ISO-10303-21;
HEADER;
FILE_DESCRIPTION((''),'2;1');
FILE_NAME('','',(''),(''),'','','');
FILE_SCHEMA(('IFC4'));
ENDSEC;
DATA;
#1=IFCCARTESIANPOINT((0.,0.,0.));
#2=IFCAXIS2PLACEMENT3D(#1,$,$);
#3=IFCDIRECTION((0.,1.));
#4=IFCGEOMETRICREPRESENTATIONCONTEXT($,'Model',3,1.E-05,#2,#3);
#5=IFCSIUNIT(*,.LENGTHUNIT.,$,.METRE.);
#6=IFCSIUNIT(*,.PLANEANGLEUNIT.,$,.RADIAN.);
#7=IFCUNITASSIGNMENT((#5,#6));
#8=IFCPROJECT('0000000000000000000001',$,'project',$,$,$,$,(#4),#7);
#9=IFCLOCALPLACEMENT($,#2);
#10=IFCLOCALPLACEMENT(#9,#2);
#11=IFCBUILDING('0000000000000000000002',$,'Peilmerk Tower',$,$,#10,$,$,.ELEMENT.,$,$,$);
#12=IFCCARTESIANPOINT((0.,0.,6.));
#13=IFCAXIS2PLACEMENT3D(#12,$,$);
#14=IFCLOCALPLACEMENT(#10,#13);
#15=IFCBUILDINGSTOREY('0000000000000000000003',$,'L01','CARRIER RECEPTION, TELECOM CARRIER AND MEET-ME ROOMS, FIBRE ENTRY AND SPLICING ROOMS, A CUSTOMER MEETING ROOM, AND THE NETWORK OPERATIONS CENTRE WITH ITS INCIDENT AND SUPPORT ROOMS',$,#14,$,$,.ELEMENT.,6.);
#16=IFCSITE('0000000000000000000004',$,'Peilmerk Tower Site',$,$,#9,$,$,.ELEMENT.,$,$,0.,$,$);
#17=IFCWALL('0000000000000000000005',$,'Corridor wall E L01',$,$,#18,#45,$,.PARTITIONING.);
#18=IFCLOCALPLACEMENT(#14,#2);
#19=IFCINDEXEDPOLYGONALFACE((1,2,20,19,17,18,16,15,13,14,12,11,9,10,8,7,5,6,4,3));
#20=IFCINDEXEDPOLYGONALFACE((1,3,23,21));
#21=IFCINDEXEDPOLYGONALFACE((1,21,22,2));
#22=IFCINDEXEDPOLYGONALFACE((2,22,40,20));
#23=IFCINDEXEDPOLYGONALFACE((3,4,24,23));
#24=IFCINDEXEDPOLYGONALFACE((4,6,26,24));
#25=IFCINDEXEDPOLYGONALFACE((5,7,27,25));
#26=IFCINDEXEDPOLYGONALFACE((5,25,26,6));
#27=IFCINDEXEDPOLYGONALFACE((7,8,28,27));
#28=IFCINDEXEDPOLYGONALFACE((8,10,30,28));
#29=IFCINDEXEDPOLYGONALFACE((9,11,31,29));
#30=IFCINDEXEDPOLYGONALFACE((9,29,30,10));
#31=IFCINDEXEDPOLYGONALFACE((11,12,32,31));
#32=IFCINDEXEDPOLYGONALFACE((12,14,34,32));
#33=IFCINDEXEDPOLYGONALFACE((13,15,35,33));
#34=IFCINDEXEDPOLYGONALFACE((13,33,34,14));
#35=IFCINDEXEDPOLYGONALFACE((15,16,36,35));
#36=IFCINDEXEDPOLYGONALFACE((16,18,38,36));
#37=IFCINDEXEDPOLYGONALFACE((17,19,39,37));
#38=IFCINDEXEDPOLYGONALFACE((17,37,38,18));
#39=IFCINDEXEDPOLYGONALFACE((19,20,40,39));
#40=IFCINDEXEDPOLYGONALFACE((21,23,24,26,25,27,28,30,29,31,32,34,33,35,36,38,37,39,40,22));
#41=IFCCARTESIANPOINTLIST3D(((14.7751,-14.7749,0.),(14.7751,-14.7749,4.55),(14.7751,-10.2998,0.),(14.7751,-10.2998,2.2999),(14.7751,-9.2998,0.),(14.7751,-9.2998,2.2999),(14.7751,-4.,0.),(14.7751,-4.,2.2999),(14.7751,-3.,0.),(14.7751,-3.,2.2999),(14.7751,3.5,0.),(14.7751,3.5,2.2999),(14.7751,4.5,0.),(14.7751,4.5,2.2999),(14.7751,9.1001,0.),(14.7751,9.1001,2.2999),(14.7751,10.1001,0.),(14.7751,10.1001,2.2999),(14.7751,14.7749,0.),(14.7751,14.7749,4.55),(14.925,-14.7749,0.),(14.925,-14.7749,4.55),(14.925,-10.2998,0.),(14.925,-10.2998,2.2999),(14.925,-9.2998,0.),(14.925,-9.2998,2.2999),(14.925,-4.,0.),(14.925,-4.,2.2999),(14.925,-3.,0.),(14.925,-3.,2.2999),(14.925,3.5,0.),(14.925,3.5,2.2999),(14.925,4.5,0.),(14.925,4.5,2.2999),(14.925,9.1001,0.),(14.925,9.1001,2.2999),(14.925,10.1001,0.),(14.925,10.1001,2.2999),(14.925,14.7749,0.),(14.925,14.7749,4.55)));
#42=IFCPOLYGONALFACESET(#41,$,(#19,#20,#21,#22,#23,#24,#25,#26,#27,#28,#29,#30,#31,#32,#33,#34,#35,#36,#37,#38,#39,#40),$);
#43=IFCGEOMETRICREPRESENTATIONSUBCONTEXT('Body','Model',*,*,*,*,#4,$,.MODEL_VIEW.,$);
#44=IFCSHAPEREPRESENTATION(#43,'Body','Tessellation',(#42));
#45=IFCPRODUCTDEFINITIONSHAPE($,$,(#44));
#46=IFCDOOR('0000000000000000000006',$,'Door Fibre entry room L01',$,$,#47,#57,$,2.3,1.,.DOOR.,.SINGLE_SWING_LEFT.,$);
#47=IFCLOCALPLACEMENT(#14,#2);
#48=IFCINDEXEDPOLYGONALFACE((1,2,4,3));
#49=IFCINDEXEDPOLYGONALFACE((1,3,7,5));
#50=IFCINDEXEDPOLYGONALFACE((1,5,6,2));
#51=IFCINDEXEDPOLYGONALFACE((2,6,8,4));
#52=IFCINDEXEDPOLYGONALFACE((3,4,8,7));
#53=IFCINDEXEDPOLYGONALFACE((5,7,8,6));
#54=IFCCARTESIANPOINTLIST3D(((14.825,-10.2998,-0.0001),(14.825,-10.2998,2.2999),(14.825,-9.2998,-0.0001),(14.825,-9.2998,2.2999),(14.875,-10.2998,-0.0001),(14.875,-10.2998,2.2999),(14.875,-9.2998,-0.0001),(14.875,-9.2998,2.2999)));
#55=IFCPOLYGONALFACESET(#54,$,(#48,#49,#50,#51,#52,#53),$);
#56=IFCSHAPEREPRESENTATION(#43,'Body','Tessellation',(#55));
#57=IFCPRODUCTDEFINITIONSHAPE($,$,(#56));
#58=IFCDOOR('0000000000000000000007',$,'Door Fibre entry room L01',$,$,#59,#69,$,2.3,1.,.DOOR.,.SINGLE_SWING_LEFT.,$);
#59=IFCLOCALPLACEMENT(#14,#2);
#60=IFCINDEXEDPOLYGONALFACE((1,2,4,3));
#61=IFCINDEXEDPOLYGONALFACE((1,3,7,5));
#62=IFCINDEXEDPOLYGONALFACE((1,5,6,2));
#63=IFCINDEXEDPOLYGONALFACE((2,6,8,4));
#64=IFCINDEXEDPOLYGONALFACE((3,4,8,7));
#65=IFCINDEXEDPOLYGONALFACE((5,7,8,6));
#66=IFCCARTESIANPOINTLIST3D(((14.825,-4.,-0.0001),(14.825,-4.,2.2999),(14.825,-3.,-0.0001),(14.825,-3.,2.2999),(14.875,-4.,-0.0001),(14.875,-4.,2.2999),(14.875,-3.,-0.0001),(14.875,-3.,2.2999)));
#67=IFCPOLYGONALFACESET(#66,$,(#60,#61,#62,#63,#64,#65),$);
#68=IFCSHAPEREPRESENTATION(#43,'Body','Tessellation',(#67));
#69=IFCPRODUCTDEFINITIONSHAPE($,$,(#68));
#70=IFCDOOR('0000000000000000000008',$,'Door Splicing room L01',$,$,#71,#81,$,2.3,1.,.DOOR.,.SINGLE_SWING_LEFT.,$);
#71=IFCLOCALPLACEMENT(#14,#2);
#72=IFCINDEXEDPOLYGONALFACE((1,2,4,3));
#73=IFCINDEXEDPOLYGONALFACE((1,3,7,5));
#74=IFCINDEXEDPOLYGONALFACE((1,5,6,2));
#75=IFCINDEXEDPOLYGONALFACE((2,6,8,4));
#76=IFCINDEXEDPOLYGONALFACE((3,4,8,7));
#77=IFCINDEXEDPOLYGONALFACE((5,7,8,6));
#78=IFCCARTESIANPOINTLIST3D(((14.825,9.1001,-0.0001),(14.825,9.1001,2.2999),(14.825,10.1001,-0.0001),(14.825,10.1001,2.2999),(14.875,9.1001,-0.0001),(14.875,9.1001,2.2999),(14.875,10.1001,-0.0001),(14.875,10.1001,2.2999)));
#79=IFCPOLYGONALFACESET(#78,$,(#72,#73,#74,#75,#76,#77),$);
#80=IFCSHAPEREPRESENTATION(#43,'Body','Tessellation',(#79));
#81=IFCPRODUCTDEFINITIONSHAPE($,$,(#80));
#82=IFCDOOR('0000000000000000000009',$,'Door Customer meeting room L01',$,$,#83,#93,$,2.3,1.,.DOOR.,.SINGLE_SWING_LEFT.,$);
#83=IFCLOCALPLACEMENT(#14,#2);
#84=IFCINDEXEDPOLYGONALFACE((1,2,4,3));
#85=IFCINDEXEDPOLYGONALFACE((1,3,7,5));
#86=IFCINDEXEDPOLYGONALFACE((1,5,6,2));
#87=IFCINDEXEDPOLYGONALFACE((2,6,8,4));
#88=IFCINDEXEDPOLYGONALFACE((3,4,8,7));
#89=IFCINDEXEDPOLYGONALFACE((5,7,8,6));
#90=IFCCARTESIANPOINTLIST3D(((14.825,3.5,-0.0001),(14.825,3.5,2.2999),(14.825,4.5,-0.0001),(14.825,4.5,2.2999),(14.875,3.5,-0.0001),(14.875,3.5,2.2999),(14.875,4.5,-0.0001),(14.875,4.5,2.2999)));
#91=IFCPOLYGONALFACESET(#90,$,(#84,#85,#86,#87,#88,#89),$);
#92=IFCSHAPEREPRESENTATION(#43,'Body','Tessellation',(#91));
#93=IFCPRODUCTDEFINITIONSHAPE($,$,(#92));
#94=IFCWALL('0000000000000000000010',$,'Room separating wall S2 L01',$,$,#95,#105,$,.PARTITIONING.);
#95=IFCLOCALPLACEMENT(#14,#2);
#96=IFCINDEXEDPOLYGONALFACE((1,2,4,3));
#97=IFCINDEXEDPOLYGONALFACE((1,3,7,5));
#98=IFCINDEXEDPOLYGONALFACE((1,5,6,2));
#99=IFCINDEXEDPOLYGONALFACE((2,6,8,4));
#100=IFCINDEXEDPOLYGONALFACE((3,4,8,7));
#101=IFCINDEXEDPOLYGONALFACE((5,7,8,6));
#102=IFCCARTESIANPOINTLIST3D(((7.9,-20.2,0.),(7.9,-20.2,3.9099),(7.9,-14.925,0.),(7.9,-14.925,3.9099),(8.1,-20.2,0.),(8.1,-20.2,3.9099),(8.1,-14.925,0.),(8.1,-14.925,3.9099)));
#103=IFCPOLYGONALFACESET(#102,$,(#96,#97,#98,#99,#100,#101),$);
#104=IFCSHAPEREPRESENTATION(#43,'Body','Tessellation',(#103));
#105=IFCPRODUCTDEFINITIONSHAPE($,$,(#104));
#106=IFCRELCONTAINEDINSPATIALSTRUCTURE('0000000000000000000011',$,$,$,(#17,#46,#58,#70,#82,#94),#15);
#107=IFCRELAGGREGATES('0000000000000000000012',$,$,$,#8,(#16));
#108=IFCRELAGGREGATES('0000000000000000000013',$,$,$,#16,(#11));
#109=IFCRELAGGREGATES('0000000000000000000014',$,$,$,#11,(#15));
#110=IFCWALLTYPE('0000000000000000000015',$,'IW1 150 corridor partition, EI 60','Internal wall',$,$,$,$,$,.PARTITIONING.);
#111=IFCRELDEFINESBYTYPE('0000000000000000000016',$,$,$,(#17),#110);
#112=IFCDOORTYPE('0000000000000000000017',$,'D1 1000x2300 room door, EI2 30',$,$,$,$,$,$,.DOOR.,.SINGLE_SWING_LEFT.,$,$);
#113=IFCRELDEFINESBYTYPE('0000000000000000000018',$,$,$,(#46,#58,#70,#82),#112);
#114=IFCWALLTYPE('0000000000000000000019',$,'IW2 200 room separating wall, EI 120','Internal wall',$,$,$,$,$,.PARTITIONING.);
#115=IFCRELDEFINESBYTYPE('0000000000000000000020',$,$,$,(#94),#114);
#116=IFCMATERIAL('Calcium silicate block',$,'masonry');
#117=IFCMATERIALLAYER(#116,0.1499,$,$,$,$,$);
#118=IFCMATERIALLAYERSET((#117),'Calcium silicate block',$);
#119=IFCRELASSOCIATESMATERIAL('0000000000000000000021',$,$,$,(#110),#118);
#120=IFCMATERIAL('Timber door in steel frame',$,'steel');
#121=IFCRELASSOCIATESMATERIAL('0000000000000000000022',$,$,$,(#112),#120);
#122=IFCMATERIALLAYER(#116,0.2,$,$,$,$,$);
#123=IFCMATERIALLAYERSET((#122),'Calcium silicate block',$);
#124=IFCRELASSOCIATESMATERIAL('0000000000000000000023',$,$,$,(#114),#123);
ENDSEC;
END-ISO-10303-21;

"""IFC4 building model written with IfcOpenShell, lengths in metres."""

from ifc_helpers import new_model, si_unit, direction, frame, frame_2d, origin, place, context, subcontext, project, spatial, rectangle, extrude, material, layer, layer_set, type_object, element, fill, save


model = new_model("IFC4")

# Units and contexts
model_context = context("Model", 3, precision=1e-05, world=origin(), true_north=direction((0.0, 1.0)))
body_context = subcontext(model_context, "Body", "Model", "MODEL_VIEW")
ifc_project = project(units=[si_unit("LENGTHUNIT", "METRE"), si_unit("PLANEANGLEUNIT", "RADIAN")], contexts=[model_context])

# Site, building, storey
site_placement = place(None, origin())
site = spatial("IfcSite", under=ifc_project, at=site_placement, Name="Peilmerk Tower Site", CompositionType="ELEMENT", RefElevation=0.0)
building_placement = place(site_placement, origin())
building = spatial("IfcBuilding", under=site, at=building_placement, Name="Peilmerk Tower", CompositionType="ELEMENT")
storey_placement = place(building_placement, frame((0.0, 0.0, 6.0)))
storey = spatial("IfcBuildingStorey", under=building, at=storey_placement, Name="L01", Description="CARRIER RECEPTION, TELECOM CARRIER AND MEET-ME ROOMS, FIBRE ENTRY AND SPLICING ROOMS, A CUSTOMER MEETING ROOM, AND THE NETWORK OPERATIONS CENTRE WITH ITS INCIDENT AND SUPPORT ROOMS", CompositionType="ELEMENT", Elevation=6.0)

# Wall, openings, doors
ifc_material_1 = material(Name="Calcium silicate block", Category="masonry")
ifc_layer_1 = layer(ifc_material_1, 0.1499)
ifc_layer_set_1 = layer_set([ifc_layer_1], Name="Calcium silicate block")
wall_type_1 = type_object("IfcWallType", Name="IW1 150 corridor partition, EI 60", Description="Internal wall", PredefinedType="PARTITIONING", material=ifc_layer_set_1)
wall_1_placement = place(storey_placement, frame((14.8501, -14.7749, 0.0), z_axis=(0.0, 0.0, 1.0), x_axis=(0.0, 1.0, 0.0)))
wall_1 = element("IfcWall", 1, at=wall_1_placement, inside=storey, type_object=wall_type_1, Name="Corridor wall E L01", PredefinedType="PARTITIONING", context=body_context, shape_type="SweptSolid", body=[
    extrude(rectangle(XDim=29.5498, YDim=0.1499, at=frame_2d((14.7749, 0.0))), origin(), (0.0, 0.0, 1.0), 4.55),
])
opening_1_placement = place(wall_1_placement, frame((4.4751, 0.0, 0.0)))
opening_1 = element("IfcOpeningElement", 2, at=opening_1_placement, cuts=wall_1, PredefinedType="OPENING", context=body_context, shape_type="SweptSolid", body=[
    extrude(rectangle(XDim=1.0, YDim=2.3, at=frame_2d((0.5, 1.1499))), frame((0.0, 0.085, 0.0), z_axis=(0.0, -1.0, 0.0), x_axis=(1.0, 0.0, 0.0)), (0.0, 0.0, 1.0), 0.1699),
])
opening_2_placement = place(wall_1_placement, frame((10.7749, 0.0, 0.0)))
opening_2 = element("IfcOpeningElement", 3, at=opening_2_placement, cuts=wall_1, PredefinedType="OPENING", context=body_context, shape_type="SweptSolid", body=[
    extrude(rectangle(XDim=1.0, YDim=2.3, at=frame_2d((0.5, 1.1499))), frame((0.0, 0.085, 0.0), z_axis=(0.0, -1.0, 0.0), x_axis=(1.0, 0.0, 0.0)), (0.0, 0.0, 1.0), 0.1699),
])
opening_3_placement = place(wall_1_placement, frame((23.875, 0.0, 0.0)))
opening_3 = element("IfcOpeningElement", 4, at=opening_3_placement, cuts=wall_1, PredefinedType="OPENING", context=body_context, shape_type="SweptSolid", body=[
    extrude(rectangle(XDim=1.0, YDim=2.3, at=frame_2d((0.5, 1.1499))), frame((0.0, 0.085, 0.0), z_axis=(0.0, -1.0, 0.0), x_axis=(1.0, 0.0, 0.0)), (0.0, 0.0, 1.0), 0.1699),
])
opening_4_placement = place(wall_1_placement, frame((18.2749, 0.0, 0.0)))
opening_4 = element("IfcOpeningElement", 5, at=opening_4_placement, cuts=wall_1, PredefinedType="OPENING", context=body_context, shape_type="SweptSolid", body=[
    extrude(rectangle(XDim=1.0, YDim=2.3, at=frame_2d((0.5, 1.1499))), frame((0.0, 0.085, 0.0), z_axis=(0.0, -1.0, 0.0), x_axis=(1.0, 0.0, 0.0)), (0.0, 0.0, 1.0), 0.1699),
])
ifc_material_2 = material(Name="Timber door in steel frame", Category="steel")
door_type_1 = type_object("IfcDoorType", Name="D1 1000x2300 room door, EI2 30", OperationType="SINGLE_SWING_LEFT", PredefinedType="DOOR", material=ifc_material_2)
door_1_placement = place(opening_1_placement, frame((1.0, 0.0, 0.0), z_axis=(0.0, 0.0, 1.0), x_axis=(-1.0, 0.0, 0.0)))
door_1 = element("IfcDoor", 6, at=door_1_placement, inside=storey, type_object=door_type_1, Name="Door Fibre entry room L01", OperationType="SINGLE_SWING_LEFT", OverallHeight=2.3, OverallWidth=1.0, PredefinedType="DOOR", context=body_context, shape_type="SweptSolid", body=[
    extrude(rectangle(XDim=1.0, YDim=2.3, at=frame_2d((0.5, 1.1499))), frame((0.0, 0.0249, 0.0), z_axis=(0.0, -1.0, 0.0), x_axis=(1.0, 0.0, 0.0)), (0.0, 0.0, 1.0), 0.05),
])
fill(opening_1, door_1)
door_2_placement = place(opening_2_placement, frame((1.0, 0.0, 0.0), z_axis=(0.0, 0.0, 1.0), x_axis=(-1.0, 0.0, 0.0)))
door_2 = element("IfcDoor", 7, at=door_2_placement, inside=storey, type_object=door_type_1, Name="Door Fibre entry room L01", OperationType="SINGLE_SWING_LEFT", OverallHeight=2.3, OverallWidth=1.0, PredefinedType="DOOR", context=body_context, shape_type="SweptSolid", body=[
    extrude(rectangle(XDim=1.0, YDim=2.3, at=frame_2d((0.5, 1.1499))), frame((0.0, 0.0249, 0.0), z_axis=(0.0, -1.0, 0.0), x_axis=(1.0, 0.0, 0.0)), (0.0, 0.0, 1.0), 0.05),
])
fill(opening_2, door_2)
door_3_placement = place(opening_3_placement, frame((1.0, 0.0, 0.0), z_axis=(0.0, 0.0, 1.0), x_axis=(-1.0, 0.0, 0.0)))
door_3 = element("IfcDoor", 8, at=door_3_placement, inside=storey, type_object=door_type_1, Name="Door Splicing room L01", OperationType="SINGLE_SWING_LEFT", OverallHeight=2.3, OverallWidth=1.0, PredefinedType="DOOR", context=body_context, shape_type="SweptSolid", body=[
    extrude(rectangle(XDim=1.0, YDim=2.3, at=frame_2d((0.5, 1.1499))), frame((0.0, 0.0249, 0.0), z_axis=(0.0, -1.0, 0.0), x_axis=(1.0, 0.0, 0.0)), (0.0, 0.0, 1.0), 0.05),
])
fill(opening_3, door_3)
door_4_placement = place(opening_4_placement, frame((1.0, 0.0, 0.0), z_axis=(0.0, 0.0, 1.0), x_axis=(-1.0, 0.0, 0.0)))
door_4 = element("IfcDoor", 9, at=door_4_placement, inside=storey, type_object=door_type_1, Name="Door Customer meeting room L01", OperationType="SINGLE_SWING_LEFT", OverallHeight=2.3, OverallWidth=1.0, PredefinedType="DOOR", context=body_context, shape_type="SweptSolid", body=[
    extrude(rectangle(XDim=1.0, YDim=2.3, at=frame_2d((0.5, 1.1499))), frame((0.0, 0.0249, 0.0), z_axis=(0.0, -1.0, 0.0), x_axis=(1.0, 0.0, 0.0)), (0.0, 0.0, 1.0), 0.05),
])
fill(opening_4, door_4)

# Wall
ifc_layer_2 = layer(ifc_material_1, 0.2)
ifc_layer_set_2 = layer_set([ifc_layer_2], Name="Calcium silicate block")
wall_type_2 = type_object("IfcWallType", Name="IW2 200 room separating wall, EI 120", Description="Internal wall", PredefinedType="PARTITIONING", material=ifc_layer_set_2)
wall_2_placement = place(storey_placement, frame((8.0, -14.925, 0.0), z_axis=(0.0, 0.0, 1.0), x_axis=(0.0, -1.0, 0.0)))
element("IfcWall", 10, at=wall_2_placement, inside=storey, type_object=wall_type_2, Name="Room separating wall S2 L01", PredefinedType="PARTITIONING", context=body_context, shape_type="SweptSolid", body=[
    extrude(rectangle(XDim=5.2749, YDim=0.2, at=frame_2d((2.6375, 0.0))), origin(), (0.0, 0.0, 1.0), 3.9099),
])

save(model, "model.ifc")
